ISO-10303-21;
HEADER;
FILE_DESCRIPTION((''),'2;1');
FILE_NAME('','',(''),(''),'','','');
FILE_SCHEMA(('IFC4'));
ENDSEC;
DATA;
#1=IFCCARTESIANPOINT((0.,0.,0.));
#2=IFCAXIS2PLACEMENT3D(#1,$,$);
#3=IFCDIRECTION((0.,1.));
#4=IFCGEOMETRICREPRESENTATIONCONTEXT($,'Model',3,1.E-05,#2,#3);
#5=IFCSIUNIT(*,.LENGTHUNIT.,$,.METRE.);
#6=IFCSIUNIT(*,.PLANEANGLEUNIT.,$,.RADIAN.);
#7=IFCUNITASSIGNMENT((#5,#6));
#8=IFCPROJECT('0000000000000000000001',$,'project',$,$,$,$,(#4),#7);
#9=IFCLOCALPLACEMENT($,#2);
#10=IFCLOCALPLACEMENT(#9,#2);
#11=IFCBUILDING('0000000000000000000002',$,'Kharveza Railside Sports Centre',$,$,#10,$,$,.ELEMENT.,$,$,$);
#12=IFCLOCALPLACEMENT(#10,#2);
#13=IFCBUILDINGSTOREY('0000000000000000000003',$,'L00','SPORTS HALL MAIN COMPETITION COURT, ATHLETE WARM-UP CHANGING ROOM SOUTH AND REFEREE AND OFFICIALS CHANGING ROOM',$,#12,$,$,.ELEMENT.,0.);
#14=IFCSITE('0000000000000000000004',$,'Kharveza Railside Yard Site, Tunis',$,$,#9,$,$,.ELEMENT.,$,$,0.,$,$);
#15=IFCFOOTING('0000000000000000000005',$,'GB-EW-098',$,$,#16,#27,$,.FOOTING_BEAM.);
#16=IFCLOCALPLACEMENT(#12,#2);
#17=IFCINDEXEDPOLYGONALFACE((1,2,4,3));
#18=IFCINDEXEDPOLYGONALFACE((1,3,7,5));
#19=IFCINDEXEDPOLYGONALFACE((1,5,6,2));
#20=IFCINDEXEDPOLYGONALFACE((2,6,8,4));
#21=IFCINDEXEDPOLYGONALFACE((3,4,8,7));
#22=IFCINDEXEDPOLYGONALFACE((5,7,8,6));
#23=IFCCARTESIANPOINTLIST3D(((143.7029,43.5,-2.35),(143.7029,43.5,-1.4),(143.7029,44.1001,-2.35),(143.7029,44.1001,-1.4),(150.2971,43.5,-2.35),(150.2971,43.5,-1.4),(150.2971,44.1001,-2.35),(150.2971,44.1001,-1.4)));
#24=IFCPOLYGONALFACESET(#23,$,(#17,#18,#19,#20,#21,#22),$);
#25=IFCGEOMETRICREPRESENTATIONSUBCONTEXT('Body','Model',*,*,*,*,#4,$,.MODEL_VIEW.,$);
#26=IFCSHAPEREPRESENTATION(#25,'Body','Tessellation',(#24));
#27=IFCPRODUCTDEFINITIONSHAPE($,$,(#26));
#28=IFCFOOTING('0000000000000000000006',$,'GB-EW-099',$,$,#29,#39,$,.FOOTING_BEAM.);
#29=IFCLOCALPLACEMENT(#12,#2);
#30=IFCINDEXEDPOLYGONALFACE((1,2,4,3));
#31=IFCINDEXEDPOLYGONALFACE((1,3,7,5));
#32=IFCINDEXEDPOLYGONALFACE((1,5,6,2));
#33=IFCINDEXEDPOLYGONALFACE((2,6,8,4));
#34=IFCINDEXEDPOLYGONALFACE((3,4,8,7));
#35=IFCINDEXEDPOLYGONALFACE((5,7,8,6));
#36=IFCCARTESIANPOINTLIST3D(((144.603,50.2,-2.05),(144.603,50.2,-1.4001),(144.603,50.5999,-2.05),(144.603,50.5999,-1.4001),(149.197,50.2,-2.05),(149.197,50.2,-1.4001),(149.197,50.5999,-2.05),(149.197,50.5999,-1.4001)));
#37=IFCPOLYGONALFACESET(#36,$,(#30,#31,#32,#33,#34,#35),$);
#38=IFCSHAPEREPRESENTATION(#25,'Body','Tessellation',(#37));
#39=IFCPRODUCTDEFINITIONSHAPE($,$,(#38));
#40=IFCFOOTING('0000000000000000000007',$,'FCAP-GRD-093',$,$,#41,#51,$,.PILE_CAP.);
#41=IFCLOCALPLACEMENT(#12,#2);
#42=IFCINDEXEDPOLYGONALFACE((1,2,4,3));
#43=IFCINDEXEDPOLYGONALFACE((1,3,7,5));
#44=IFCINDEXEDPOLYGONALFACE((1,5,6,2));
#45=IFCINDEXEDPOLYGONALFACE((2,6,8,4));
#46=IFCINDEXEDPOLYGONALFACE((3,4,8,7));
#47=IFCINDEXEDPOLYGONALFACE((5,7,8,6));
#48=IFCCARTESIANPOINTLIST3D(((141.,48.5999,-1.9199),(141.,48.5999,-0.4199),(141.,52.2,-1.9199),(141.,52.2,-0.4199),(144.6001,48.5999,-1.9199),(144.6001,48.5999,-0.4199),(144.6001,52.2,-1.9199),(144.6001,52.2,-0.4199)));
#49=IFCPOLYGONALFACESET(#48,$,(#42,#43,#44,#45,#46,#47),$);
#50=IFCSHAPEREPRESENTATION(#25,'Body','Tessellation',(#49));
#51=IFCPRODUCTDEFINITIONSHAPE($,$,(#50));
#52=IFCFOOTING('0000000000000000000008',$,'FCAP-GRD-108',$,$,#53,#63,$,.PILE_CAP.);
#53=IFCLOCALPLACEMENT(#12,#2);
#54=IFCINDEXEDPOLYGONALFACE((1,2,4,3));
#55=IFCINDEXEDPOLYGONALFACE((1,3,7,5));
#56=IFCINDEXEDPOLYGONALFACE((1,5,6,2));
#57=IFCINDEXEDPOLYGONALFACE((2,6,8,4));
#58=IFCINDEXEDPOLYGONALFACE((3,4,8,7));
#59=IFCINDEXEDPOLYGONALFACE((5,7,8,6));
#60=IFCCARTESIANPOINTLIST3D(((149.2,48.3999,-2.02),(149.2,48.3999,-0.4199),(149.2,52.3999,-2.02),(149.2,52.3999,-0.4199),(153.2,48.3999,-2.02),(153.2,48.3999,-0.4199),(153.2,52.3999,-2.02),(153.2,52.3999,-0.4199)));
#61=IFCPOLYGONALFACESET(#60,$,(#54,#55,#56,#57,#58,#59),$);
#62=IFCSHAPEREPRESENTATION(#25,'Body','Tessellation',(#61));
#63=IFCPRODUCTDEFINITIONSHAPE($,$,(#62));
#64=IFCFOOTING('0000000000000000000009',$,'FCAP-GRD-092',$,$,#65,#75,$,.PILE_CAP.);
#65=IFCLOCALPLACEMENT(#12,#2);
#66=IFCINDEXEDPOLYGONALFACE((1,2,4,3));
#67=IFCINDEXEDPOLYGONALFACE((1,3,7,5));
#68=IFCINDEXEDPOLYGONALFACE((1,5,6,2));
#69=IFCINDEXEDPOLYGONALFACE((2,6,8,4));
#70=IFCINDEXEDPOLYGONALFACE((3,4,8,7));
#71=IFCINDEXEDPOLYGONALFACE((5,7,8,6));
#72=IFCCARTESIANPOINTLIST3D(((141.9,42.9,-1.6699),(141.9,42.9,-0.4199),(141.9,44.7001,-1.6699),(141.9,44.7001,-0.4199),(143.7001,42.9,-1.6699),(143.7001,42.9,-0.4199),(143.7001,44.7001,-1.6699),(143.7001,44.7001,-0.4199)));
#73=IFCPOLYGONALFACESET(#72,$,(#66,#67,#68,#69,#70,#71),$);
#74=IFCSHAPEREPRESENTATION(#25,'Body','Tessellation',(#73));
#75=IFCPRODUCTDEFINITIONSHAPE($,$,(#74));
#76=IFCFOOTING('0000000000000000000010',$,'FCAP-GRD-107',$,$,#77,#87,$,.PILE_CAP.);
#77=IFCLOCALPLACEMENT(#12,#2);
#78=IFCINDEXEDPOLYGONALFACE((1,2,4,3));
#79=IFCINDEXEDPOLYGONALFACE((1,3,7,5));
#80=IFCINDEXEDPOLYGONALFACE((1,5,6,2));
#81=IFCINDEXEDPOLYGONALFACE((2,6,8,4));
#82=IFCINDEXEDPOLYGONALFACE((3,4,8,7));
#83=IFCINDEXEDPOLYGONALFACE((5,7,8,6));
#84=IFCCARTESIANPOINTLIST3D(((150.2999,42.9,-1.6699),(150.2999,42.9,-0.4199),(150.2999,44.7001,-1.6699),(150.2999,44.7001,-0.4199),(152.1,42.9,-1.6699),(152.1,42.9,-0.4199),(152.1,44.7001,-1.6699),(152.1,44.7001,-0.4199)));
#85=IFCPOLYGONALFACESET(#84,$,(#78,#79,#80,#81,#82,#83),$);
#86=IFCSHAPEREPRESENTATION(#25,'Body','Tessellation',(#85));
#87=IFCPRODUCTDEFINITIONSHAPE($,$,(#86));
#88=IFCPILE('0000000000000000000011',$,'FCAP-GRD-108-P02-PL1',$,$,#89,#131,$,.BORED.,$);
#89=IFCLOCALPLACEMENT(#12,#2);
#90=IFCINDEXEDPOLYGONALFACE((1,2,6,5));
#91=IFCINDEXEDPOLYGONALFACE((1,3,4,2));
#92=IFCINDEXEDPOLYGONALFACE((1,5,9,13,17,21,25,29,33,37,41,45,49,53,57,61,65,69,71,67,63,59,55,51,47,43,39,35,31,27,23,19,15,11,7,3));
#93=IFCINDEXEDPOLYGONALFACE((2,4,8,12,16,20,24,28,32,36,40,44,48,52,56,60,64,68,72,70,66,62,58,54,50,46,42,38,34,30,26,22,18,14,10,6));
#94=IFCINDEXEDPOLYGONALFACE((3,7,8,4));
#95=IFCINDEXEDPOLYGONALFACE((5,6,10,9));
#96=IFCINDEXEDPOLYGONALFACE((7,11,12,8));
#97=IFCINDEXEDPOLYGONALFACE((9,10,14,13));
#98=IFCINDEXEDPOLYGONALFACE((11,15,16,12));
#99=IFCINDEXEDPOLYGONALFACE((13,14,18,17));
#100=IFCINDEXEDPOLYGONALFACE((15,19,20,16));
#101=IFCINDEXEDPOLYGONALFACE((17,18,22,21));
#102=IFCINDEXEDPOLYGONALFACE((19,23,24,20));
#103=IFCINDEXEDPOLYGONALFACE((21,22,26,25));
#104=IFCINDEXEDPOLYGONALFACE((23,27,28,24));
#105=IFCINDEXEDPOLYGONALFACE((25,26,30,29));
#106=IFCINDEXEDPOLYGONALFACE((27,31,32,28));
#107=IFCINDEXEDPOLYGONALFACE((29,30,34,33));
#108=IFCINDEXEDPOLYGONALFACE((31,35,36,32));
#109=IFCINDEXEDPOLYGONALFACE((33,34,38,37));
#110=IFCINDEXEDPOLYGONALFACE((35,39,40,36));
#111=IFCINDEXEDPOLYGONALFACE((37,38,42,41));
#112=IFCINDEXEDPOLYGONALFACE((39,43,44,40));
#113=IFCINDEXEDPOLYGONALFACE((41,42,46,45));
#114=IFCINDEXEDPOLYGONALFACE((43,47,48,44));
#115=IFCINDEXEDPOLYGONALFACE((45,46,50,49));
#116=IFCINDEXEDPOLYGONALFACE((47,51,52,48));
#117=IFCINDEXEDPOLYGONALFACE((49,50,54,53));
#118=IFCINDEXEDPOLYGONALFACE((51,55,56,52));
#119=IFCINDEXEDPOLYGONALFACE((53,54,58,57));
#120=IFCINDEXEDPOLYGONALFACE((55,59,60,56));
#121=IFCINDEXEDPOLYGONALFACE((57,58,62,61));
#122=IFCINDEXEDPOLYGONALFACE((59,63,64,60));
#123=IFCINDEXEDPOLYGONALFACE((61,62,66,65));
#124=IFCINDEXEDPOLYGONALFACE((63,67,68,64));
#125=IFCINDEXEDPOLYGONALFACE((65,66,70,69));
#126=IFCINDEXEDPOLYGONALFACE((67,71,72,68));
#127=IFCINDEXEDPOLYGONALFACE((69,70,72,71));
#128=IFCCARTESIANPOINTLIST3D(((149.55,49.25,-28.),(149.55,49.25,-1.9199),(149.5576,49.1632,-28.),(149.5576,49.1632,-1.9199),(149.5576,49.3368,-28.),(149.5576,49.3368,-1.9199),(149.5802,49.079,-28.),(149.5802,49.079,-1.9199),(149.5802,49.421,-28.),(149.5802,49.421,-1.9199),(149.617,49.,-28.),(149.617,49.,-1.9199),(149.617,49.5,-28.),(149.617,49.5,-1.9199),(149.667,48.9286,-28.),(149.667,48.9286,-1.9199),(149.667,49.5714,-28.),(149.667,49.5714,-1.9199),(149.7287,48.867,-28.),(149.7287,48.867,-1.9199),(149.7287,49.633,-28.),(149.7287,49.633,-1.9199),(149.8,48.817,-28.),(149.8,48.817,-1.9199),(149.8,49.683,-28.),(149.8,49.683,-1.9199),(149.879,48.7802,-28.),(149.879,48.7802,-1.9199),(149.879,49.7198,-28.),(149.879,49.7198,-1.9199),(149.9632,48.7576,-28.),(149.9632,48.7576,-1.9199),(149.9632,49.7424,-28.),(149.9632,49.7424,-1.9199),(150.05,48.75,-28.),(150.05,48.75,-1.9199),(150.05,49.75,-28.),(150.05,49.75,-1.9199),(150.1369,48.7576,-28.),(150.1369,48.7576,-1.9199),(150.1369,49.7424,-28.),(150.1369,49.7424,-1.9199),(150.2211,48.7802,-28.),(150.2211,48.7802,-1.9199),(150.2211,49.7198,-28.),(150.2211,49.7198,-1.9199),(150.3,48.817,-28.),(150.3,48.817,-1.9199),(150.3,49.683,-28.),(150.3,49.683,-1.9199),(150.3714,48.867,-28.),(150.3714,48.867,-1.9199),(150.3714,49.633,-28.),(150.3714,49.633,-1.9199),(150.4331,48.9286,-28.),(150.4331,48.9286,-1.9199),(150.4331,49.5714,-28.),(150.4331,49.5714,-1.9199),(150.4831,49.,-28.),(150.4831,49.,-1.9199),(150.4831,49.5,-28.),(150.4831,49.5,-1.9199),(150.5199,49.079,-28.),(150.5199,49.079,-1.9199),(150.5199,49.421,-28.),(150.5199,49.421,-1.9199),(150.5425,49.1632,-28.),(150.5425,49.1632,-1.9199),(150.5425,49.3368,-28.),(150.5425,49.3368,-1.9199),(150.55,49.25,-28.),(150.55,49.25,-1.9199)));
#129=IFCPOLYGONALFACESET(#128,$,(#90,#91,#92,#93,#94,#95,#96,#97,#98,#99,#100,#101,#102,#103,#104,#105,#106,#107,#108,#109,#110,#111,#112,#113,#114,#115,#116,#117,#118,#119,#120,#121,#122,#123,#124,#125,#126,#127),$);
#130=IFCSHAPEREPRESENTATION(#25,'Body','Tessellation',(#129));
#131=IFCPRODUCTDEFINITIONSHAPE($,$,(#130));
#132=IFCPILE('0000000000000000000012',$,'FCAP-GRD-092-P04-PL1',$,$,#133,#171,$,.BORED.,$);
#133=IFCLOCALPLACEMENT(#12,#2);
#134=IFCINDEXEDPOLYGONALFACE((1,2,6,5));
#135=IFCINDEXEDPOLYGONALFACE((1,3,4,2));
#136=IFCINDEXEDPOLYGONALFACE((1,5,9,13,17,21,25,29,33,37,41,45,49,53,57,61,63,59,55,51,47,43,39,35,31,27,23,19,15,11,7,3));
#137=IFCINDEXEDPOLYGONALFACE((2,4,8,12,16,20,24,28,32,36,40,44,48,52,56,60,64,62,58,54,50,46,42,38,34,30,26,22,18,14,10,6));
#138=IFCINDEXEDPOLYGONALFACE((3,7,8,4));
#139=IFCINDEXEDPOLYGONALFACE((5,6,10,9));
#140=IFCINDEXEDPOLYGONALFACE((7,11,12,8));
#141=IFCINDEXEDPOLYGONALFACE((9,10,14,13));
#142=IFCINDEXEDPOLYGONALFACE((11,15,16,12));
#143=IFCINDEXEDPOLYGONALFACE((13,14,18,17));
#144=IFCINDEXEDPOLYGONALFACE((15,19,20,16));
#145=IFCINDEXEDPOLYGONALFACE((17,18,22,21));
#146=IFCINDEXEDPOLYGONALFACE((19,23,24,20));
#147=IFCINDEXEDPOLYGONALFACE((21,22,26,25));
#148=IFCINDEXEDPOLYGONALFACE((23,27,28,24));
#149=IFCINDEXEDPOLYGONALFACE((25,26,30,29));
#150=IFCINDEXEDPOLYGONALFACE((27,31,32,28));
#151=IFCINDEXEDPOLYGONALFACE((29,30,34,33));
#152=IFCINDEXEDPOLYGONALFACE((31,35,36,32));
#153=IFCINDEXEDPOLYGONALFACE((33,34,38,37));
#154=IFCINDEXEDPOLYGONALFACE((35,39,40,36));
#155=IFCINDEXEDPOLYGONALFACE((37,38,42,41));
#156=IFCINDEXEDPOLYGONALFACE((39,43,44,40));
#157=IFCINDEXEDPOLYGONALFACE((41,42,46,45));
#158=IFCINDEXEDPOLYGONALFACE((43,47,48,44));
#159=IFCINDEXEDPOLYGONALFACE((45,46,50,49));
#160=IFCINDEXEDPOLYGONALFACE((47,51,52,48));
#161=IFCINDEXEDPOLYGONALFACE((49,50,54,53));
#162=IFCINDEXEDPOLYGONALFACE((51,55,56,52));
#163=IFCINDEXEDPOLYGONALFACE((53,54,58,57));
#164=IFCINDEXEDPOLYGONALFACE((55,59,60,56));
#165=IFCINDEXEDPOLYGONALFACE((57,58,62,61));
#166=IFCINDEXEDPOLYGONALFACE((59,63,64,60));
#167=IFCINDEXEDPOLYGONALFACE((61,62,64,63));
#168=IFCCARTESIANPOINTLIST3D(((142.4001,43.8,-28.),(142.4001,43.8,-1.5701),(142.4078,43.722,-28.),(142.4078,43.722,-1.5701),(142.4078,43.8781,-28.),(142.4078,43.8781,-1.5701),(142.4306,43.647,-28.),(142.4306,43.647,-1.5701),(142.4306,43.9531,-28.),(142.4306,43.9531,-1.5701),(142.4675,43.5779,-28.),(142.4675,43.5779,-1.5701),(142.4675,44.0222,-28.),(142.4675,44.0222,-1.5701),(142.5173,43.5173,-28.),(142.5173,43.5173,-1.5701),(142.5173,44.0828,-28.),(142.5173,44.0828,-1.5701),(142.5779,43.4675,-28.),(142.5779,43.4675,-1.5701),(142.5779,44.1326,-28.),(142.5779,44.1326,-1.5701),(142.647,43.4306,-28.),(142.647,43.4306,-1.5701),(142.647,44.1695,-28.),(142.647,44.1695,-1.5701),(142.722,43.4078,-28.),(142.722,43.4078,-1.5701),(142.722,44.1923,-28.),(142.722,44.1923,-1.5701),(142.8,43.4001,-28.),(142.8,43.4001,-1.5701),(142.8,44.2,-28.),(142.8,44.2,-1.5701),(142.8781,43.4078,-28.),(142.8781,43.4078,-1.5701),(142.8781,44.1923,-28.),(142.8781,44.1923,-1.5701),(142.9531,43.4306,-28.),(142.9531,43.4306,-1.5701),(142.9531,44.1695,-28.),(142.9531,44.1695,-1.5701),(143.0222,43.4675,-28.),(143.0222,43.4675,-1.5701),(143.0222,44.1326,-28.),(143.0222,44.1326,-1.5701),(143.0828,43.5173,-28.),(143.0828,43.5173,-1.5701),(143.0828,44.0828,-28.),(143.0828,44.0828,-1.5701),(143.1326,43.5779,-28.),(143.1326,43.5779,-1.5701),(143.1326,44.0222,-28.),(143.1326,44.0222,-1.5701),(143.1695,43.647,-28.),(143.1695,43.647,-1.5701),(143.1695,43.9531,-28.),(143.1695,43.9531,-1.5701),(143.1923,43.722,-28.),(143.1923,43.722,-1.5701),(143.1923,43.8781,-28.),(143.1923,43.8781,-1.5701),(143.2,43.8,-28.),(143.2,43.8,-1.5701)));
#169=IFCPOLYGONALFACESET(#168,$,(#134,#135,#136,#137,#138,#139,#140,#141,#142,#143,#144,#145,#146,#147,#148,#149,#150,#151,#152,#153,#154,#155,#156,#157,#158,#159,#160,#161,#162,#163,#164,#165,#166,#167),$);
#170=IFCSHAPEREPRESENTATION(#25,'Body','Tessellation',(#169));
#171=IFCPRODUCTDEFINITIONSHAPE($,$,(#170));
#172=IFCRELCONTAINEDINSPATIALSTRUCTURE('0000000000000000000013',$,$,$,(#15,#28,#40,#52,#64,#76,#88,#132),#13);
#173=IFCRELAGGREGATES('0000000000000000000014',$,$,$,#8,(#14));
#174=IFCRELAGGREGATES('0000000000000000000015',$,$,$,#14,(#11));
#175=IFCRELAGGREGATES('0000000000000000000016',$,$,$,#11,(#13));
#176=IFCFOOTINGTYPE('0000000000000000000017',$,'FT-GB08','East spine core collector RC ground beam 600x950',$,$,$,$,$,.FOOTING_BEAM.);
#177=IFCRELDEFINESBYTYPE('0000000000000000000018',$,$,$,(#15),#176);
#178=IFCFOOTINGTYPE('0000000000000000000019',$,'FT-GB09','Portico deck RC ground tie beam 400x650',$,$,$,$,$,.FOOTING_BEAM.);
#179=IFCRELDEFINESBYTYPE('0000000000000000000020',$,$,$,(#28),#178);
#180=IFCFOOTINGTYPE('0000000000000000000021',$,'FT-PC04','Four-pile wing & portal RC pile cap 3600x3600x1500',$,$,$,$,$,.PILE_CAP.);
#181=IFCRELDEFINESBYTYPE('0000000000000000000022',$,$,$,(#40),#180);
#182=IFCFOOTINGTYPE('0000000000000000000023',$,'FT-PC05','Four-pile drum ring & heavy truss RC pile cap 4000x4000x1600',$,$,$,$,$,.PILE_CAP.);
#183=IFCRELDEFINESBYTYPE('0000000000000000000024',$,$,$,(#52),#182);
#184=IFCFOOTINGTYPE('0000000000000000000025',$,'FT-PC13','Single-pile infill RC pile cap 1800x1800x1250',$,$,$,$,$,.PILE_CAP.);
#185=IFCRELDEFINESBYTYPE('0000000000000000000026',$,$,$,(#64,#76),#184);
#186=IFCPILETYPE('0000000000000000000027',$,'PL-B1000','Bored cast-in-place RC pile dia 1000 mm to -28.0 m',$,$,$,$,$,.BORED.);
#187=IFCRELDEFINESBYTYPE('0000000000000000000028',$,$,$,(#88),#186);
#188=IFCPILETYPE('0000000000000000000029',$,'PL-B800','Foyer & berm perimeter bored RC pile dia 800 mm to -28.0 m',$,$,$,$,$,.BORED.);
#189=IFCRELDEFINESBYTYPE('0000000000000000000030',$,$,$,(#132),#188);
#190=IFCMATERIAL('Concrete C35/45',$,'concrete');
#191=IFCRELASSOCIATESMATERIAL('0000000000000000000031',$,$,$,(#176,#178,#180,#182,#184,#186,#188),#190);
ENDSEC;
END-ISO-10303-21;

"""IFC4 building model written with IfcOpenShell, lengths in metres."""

from ifc_helpers import new_model, si_unit, direction, frame, origin, origin_2d, place, context, subcontext, project, spatial, rectangle, circle, extrude, material, material_profile, profile_set, type_object, element, save


model = new_model("IFC4")

# Units and contexts
model_context = context("Model", 3, precision=1e-05, world=origin(), true_north=direction((0.0, 1.0)))
body_context = subcontext(model_context, "Body", "Model", "MODEL_VIEW")
ifc_project = project(units=[si_unit("LENGTHUNIT", "METRE"), si_unit("PLANEANGLEUNIT", "RADIAN")], contexts=[model_context])

# Site, building, storey
site_placement = place(None, origin())
site = spatial("IfcSite", under=ifc_project, at=site_placement, Name="Kharveza Railside Yard Site, Tunis", CompositionType="ELEMENT", RefElevation=0.0)
building_placement = place(site_placement, origin())
building = spatial("IfcBuilding", under=site, at=building_placement, Name="Kharveza Railside Sports Centre", CompositionType="ELEMENT")
storey_placement = place(building_placement, origin())
storey = spatial("IfcBuildingStorey", under=building, at=storey_placement, Name="L00", Description="SPORTS HALL MAIN COMPETITION COURT, ATHLETE WARM-UP CHANGING ROOM SOUTH AND REFEREE AND OFFICIALS CHANGING ROOM", CompositionType="ELEMENT", Elevation=0.0)

# Footings
ifc_material_1 = material(Name="Concrete C35/45", Category="concrete")
ifc_material_profile_1 = material_profile(ifc_material_1, rectangle(XDim=0.6001, YDim=0.95, at=origin_2d()), Name="GB 600x950")
ifc_profile_set_1 = profile_set([ifc_material_profile_1], Name="Concrete C35/45")
footing_type_1 = type_object("IfcFootingType", Name="FT-GB08", Description="East spine core collector RC ground beam 600x950", PredefinedType="FOOTING_BEAM", material=ifc_profile_set_1)
footing_1_placement = place(storey_placement, frame((143.7029, 43.8, -1.875), z_axis=(1.0, 0.0, 0.0), x_axis=(0.0, 1.0, 0.0)))
element("IfcFooting", 1, at=footing_1_placement, inside=storey, type_object=footing_type_1, Name="GB-EW-098", PredefinedType="FOOTING_BEAM", context=body_context, shape_type="SweptSolid", body=[
    extrude(rectangle(XDim=0.6001, YDim=0.95, at=origin_2d()), origin(), (0.0, 0.0, 1.0), 6.5942),
])
ifc_material_profile_2 = material_profile(ifc_material_1, rectangle(XDim=0.3999, YDim=0.6499, at=origin_2d()), Name="GB 400x650")
ifc_profile_set_2 = profile_set([ifc_material_profile_2], Name="Concrete C35/45")
footing_type_2 = type_object("IfcFootingType", Name="FT-GB09", Description="Portico deck RC ground tie beam 400x650", PredefinedType="FOOTING_BEAM", material=ifc_profile_set_2)
footing_2_placement = place(storey_placement, frame((144.603, 50.3999, -1.7251), z_axis=(1.0, 0.0, 0.0), x_axis=(0.0, 1.0, 0.0)))
element("IfcFooting", 2, at=footing_2_placement, inside=storey, type_object=footing_type_2, Name="GB-EW-099", PredefinedType="FOOTING_BEAM", context=body_context, shape_type="SweptSolid", body=[
    extrude(rectangle(XDim=0.3999, YDim=0.6499, at=origin_2d()), origin(), (0.0, 0.0, 1.0), 4.594),
])
footing_type_3 = type_object("IfcFootingType", Name="FT-PC04", Description="Four-pile wing & portal RC pile cap 3600x3600x1500", PredefinedType="PILE_CAP", material=ifc_material_1)
footing_3_placement = place(storey_placement, frame((142.8, 50.3999, -1.9199), z_axis=(0.0, 0.0, 1.0), x_axis=(1.0, 0.0, 0.0)))
element("IfcFooting", 3, at=footing_3_placement, inside=storey, type_object=footing_type_3, Name="FCAP-GRD-093", PredefinedType="PILE_CAP", context=body_context, shape_type="SweptSolid", body=[
    extrude(rectangle(XDim=3.6001, YDim=3.6001, at=origin_2d()), origin(), (0.0, 0.0, 1.0), 1.5),
])
footing_type_4 = type_object("IfcFootingType", Name="FT-PC05", Description="Four-pile drum ring & heavy truss RC pile cap 4000x4000x1600", PredefinedType="PILE_CAP", material=ifc_material_1)
footing_4_placement = place(storey_placement, frame((151.2, 50.3999, -2.02), z_axis=(0.0, 0.0, 1.0), x_axis=(1.0, 0.0, 0.0)))
element("IfcFooting", 4, at=footing_4_placement, inside=storey, type_object=footing_type_4, Name="FCAP-GRD-108", PredefinedType="PILE_CAP", context=body_context, shape_type="SweptSolid", body=[
    extrude(rectangle(XDim=4.0, YDim=4.0, at=origin_2d()), origin(), (0.0, 0.0, 1.0), 1.6001),
])
footing_type_5 = type_object("IfcFootingType", Name="FT-PC13", Description="Single-pile infill RC pile cap 1800x1800x1250", PredefinedType="PILE_CAP", material=ifc_material_1)
for number, where, z_axis, x_axis, name in (
    (5, (142.8, 43.8, -1.6699), (0.0, 0.0, 1.0), (1.0, 0.0, 0.0), "FCAP-GRD-092"),
    (6, (151.2, 43.8, -1.6699), (0.0, 0.0, 1.0), (1.0, 0.0, 0.0), "FCAP-GRD-107"),
):
    element("IfcFooting", number, at=place(storey_placement, frame(where, z_axis=z_axis, x_axis=x_axis)), inside=storey, type_object=footing_type_5, Name=name, PredefinedType="PILE_CAP", context=body_context, shape_type="SweptSolid", body=[
        extrude(rectangle(XDim=1.8, YDim=1.8, at=origin_2d()), origin(), (0.0, 0.0, 1.0), 1.25),
    ])

# Piles
ifc_material_profile_3 = material_profile(ifc_material_1, circle(Radius=0.5, at=origin_2d()), Name="PILE D1000")
ifc_profile_set_3 = profile_set([ifc_material_profile_3], Name="Concrete C35/45")
pile_type_1 = type_object("IfcPileType", Name="PL-B1000", Description="Bored cast-in-place RC pile dia 1000 mm to -28.0 m", PredefinedType="BORED", material=ifc_profile_set_3)
pile_1_placement = place(storey_placement, frame((150.05, 49.25, -1.9199), z_axis=(0.0, 0.0, -1.0), x_axis=(1.0, 0.0, 0.0)))
element("IfcPile", 7, at=pile_1_placement, inside=storey, type_object=pile_type_1, Name="FCAP-GRD-108-P02-PL1", PredefinedType="BORED", context=body_context, shape_type="SweptSolid", body=[
    extrude(circle(Radius=0.5, at=origin_2d()), origin(), (0.0, 0.0, 1.0), 26.0801),
])
ifc_material_profile_4 = material_profile(ifc_material_1, circle(Radius=0.3999, at=origin_2d()), Name="PILE D800")
ifc_profile_set_4 = profile_set([ifc_material_profile_4], Name="Concrete C35/45")
pile_type_2 = type_object("IfcPileType", Name="PL-B800", Description="Foyer & berm perimeter bored RC pile dia 800 mm to -28.0 m", PredefinedType="BORED", material=ifc_profile_set_4)
for number, where, z_axis, x_axis, name in (
    (8, (142.8, 43.8, -1.5701), (0.0, 0.0, -1.0), (1.0, 0.0, 0.0), "FCAP-GRD-092-P04-PL1"),
):
    element("IfcPile", number, at=place(storey_placement, frame(where, z_axis=z_axis, x_axis=x_axis)), inside=storey, type_object=pile_type_2, Name=name, PredefinedType="BORED", context=body_context, shape_type="SweptSolid", body=[
        extrude(circle(Radius=0.3999, at=origin_2d()), origin(), (0.0, 0.0, 1.0), 26.4299),
    ])

save(model, "model.ifc")
